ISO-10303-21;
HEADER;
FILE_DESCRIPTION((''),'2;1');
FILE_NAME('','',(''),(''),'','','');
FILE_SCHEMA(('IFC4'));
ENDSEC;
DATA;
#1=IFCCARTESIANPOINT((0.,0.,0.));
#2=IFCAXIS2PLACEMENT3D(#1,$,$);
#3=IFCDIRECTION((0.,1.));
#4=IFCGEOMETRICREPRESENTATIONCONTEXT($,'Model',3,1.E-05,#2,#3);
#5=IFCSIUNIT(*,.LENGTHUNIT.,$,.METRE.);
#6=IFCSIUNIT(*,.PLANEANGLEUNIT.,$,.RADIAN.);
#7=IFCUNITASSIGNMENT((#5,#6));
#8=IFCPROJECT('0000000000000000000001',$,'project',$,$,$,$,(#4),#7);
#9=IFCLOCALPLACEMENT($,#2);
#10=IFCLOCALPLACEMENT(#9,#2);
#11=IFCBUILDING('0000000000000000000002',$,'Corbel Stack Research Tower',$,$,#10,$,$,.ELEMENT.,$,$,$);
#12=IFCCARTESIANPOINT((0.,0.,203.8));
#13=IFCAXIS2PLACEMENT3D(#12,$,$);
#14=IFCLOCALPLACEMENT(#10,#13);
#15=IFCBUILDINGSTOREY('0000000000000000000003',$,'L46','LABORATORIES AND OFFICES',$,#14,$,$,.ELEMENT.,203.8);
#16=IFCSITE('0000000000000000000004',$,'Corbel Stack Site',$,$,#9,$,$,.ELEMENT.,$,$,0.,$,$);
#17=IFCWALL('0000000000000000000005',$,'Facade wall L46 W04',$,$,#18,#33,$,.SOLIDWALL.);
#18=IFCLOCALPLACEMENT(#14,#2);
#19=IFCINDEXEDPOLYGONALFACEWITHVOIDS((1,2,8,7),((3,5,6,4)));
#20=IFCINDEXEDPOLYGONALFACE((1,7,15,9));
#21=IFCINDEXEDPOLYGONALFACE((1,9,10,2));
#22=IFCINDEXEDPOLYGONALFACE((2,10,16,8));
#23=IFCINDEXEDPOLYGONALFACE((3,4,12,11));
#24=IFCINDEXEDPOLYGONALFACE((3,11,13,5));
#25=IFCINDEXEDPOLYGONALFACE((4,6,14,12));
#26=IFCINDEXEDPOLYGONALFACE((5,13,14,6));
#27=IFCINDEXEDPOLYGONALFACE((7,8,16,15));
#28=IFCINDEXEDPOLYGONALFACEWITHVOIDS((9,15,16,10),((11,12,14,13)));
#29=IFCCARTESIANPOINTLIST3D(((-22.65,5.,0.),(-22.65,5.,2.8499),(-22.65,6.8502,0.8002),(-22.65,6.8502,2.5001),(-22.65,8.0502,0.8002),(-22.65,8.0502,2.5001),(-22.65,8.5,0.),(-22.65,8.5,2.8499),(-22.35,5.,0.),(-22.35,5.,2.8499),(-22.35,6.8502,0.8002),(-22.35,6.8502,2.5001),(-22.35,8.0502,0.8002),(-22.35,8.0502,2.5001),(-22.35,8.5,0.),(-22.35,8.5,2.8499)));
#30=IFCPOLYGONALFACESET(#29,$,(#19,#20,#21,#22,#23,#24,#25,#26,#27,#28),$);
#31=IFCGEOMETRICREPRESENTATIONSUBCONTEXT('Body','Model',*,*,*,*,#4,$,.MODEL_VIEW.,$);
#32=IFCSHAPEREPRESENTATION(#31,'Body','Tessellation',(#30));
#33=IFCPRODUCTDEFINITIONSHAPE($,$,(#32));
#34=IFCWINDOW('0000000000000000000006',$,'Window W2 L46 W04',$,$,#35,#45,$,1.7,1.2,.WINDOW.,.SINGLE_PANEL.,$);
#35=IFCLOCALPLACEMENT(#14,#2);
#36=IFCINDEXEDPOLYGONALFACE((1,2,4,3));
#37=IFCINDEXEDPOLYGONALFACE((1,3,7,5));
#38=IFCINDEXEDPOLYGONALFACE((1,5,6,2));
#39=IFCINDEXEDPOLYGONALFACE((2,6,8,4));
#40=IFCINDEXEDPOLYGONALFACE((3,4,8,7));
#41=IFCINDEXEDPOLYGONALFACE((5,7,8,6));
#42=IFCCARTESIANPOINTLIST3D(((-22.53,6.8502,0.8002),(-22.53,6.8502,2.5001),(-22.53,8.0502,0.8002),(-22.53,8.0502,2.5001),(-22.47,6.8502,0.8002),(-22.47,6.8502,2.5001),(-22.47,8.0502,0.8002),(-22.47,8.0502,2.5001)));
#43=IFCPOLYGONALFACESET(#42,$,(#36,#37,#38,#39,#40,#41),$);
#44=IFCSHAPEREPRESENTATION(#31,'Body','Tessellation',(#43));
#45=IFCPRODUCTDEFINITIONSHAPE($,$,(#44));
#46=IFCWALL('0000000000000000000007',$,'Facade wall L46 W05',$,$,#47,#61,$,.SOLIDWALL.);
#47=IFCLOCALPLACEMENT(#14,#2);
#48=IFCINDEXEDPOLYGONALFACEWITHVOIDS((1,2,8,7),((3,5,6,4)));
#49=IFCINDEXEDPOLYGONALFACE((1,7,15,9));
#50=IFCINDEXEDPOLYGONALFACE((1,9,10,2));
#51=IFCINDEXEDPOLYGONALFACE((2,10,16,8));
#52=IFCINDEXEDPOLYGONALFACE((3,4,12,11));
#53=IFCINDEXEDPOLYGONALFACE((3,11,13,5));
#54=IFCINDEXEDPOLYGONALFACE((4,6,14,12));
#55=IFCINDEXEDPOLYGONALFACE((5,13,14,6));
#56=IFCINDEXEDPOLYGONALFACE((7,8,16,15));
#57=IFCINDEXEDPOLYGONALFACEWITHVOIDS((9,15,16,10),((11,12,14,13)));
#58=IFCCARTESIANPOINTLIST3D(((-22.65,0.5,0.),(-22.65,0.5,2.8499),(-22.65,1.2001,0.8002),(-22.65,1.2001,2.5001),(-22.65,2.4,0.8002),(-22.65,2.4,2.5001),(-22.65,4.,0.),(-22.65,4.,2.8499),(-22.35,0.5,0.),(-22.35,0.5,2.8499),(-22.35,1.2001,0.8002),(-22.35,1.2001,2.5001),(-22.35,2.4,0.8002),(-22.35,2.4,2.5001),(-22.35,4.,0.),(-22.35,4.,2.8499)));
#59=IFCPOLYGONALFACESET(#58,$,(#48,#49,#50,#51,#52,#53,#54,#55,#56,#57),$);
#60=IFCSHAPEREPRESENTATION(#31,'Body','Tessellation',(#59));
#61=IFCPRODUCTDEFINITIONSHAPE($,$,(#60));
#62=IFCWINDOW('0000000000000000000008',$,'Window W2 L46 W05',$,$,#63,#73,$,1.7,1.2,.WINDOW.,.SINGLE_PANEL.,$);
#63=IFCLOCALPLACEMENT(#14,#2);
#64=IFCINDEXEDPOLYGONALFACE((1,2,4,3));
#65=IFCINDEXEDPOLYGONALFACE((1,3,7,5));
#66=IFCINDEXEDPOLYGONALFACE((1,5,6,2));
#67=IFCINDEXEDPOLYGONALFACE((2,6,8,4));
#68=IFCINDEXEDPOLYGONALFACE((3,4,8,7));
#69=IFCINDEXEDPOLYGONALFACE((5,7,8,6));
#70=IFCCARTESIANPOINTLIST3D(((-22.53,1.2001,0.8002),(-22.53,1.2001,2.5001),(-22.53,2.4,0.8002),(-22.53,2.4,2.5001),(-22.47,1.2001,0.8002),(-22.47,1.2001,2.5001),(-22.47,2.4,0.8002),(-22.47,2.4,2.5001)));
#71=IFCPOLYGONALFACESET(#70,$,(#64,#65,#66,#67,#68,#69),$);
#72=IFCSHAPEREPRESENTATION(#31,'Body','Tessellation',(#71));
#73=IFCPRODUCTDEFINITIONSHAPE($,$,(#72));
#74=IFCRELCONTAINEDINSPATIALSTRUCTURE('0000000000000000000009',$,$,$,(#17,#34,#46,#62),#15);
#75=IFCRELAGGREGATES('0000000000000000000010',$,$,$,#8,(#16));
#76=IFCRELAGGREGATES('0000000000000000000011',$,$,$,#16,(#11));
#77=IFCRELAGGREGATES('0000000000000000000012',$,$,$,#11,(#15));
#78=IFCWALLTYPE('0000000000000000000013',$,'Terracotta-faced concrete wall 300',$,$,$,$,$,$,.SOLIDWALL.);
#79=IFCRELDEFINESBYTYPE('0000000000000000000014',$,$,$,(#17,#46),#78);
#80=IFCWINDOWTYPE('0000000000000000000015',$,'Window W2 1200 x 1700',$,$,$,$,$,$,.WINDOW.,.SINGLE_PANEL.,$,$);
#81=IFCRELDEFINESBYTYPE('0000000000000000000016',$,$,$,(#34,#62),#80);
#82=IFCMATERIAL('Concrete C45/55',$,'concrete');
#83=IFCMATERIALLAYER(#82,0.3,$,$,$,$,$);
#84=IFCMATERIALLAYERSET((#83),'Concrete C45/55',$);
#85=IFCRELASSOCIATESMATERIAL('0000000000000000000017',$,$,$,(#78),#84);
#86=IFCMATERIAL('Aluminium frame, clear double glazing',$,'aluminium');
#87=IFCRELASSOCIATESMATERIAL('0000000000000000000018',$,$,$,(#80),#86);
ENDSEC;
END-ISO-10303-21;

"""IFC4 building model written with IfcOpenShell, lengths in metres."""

from ifc_helpers import new_model, si_unit, direction, frame, frame_2d, origin, place, context, subcontext, project, spatial, rectangle, extrude, material, layer, layer_set, type_object, element, fill, save


model = new_model("IFC4")

# Units and contexts
model_context = context("Model", 3, precision=1e-05, world=origin(), true_north=direction((0.0, 1.0)))
body_context = subcontext(model_context, "Body", "Model", "MODEL_VIEW")
ifc_project = project(units=[si_unit("LENGTHUNIT", "METRE"), si_unit("PLANEANGLEUNIT", "RADIAN")], contexts=[model_context])

# Site, building, storey
site_placement = place(None, origin())
site = spatial("IfcSite", under=ifc_project, at=site_placement, Name="Corbel Stack Site", CompositionType="ELEMENT", RefElevation=0.0)
building_placement = place(site_placement, origin())
building = spatial("IfcBuilding", under=site, at=building_placement, Name="Corbel Stack Research Tower", CompositionType="ELEMENT")
storey_placement = place(building_placement, frame((0.0, 0.0, 203.8)))
storey = spatial("IfcBuildingStorey", under=building, at=storey_placement, Name="L46", Description="LABORATORIES AND OFFICES", CompositionType="ELEMENT", Elevation=203.8)

# Walls, openings, windows
ifc_material_1 = material(Name="Concrete C45/55", Category="concrete")
ifc_layer_1 = layer(ifc_material_1, 0.3)
ifc_layer_set_1 = layer_set([ifc_layer_1], Name="Concrete C45/55")
wall_type_1 = type_object("IfcWallType", Name="Terracotta-faced concrete wall 300", PredefinedType="SOLIDWALL", material=ifc_layer_set_1)
wall_1_placement = place(storey_placement, frame((-22.5, 5.0, 0.0), z_axis=(0.0, 0.0, 1.0), x_axis=(0.0, 1.0, 0.0)))
wall_1 = element("IfcWall", 1, at=wall_1_placement, inside=storey, type_object=wall_type_1, Name="Facade wall L46 W04", PredefinedType="SOLIDWALL", context=body_context, shape_type="SweptSolid", body=[
    extrude(rectangle(XDim=3.5, YDim=0.3, at=frame_2d((1.75, 0.0))), origin(), (0.0, 0.0, 1.0), 2.8499),
])
opening_1_placement = place(wall_1_placement, frame((1.8501, 0.0, 0.8)))
opening_1 = element("IfcOpeningElement", 2, at=opening_1_placement, cuts=wall_1, PredefinedType="OPENING", context=body_context, shape_type="SweptSolid", body=[
    extrude(rectangle(XDim=1.2, YDim=1.7, at=frame_2d((0.6001, 0.8501))), frame((0.0, 0.1599, 0.0), z_axis=(0.0, -1.0, 0.0), x_axis=(1.0, 0.0, 0.0)), (0.0, 0.0, 1.0), 0.3201),
])
ifc_material_2 = material(Name="Aluminium frame, clear double glazing", Category="aluminium")
window_type_1 = type_object("IfcWindowType", Name="Window W2 1200 x 1700", PartitioningType="SINGLE_PANEL", PredefinedType="WINDOW", material=ifc_material_2)
window_1_placement = place(opening_1_placement, origin())
window_1 = element("IfcWindow", 3, at=window_1_placement, inside=storey, type_object=window_type_1, Name="Window W2 L46 W04", OverallHeight=1.7, OverallWidth=1.2, PartitioningType="SINGLE_PANEL", PredefinedType="WINDOW", context=body_context, shape_type="SweptSolid", body=[
    extrude(rectangle(XDim=1.2, YDim=1.7, at=frame_2d((0.6001, 0.8501))), frame((0.0, 0.03, 0.0), z_axis=(0.0, -1.0, 0.0), x_axis=(1.0, 0.0, 0.0)), (0.0, 0.0, 1.0), 0.0601),
])
fill(opening_1, window_1)
wall_2_placement = place(storey_placement, frame((-22.5, 0.5, 0.0), z_axis=(0.0, 0.0, 1.0), x_axis=(0.0, 1.0, 0.0)))
wall_2 = element("IfcWall", 4, at=wall_2_placement, inside=storey, type_object=wall_type_1, Name="Facade wall L46 W05", PredefinedType="SOLIDWALL", context=body_context, shape_type="SweptSolid", body=[
    extrude(rectangle(XDim=3.5, YDim=0.3, at=frame_2d((1.75, 0.0))), origin(), (0.0, 0.0, 1.0), 2.8499),
])
opening_2_placement = place(wall_2_placement, frame((0.7, 0.0, 0.8)))
opening_2 = element("IfcOpeningElement", 5, at=opening_2_placement, cuts=wall_2, PredefinedType="OPENING", context=body_context, shape_type="SweptSolid", body=[
    extrude(rectangle(XDim=1.2, YDim=1.7, at=frame_2d((0.6001, 0.8501))), frame((0.0, 0.1599, 0.0), z_axis=(0.0, -1.0, 0.0), x_axis=(1.0, 0.0, 0.0)), (0.0, 0.0, 1.0), 0.3201),
])
window_2_placement = place(opening_2_placement, origin())
window_2 = element("IfcWindow", 6, at=window_2_placement, inside=storey, type_object=window_type_1, Name="Window W2 L46 W05", OverallHeight=1.7, OverallWidth=1.2, PartitioningType="SINGLE_PANEL", PredefinedType="WINDOW", context=body_context, shape_type="SweptSolid", body=[
    extrude(rectangle(XDim=1.2, YDim=1.7, at=frame_2d((0.6001, 0.8501))), frame((0.0, 0.03, 0.0), z_axis=(0.0, -1.0, 0.0), x_axis=(1.0, 0.0, 0.0)), (0.0, 0.0, 1.0), 0.0601),
])
fill(opening_2, window_2)

save(model, "model.ifc")
